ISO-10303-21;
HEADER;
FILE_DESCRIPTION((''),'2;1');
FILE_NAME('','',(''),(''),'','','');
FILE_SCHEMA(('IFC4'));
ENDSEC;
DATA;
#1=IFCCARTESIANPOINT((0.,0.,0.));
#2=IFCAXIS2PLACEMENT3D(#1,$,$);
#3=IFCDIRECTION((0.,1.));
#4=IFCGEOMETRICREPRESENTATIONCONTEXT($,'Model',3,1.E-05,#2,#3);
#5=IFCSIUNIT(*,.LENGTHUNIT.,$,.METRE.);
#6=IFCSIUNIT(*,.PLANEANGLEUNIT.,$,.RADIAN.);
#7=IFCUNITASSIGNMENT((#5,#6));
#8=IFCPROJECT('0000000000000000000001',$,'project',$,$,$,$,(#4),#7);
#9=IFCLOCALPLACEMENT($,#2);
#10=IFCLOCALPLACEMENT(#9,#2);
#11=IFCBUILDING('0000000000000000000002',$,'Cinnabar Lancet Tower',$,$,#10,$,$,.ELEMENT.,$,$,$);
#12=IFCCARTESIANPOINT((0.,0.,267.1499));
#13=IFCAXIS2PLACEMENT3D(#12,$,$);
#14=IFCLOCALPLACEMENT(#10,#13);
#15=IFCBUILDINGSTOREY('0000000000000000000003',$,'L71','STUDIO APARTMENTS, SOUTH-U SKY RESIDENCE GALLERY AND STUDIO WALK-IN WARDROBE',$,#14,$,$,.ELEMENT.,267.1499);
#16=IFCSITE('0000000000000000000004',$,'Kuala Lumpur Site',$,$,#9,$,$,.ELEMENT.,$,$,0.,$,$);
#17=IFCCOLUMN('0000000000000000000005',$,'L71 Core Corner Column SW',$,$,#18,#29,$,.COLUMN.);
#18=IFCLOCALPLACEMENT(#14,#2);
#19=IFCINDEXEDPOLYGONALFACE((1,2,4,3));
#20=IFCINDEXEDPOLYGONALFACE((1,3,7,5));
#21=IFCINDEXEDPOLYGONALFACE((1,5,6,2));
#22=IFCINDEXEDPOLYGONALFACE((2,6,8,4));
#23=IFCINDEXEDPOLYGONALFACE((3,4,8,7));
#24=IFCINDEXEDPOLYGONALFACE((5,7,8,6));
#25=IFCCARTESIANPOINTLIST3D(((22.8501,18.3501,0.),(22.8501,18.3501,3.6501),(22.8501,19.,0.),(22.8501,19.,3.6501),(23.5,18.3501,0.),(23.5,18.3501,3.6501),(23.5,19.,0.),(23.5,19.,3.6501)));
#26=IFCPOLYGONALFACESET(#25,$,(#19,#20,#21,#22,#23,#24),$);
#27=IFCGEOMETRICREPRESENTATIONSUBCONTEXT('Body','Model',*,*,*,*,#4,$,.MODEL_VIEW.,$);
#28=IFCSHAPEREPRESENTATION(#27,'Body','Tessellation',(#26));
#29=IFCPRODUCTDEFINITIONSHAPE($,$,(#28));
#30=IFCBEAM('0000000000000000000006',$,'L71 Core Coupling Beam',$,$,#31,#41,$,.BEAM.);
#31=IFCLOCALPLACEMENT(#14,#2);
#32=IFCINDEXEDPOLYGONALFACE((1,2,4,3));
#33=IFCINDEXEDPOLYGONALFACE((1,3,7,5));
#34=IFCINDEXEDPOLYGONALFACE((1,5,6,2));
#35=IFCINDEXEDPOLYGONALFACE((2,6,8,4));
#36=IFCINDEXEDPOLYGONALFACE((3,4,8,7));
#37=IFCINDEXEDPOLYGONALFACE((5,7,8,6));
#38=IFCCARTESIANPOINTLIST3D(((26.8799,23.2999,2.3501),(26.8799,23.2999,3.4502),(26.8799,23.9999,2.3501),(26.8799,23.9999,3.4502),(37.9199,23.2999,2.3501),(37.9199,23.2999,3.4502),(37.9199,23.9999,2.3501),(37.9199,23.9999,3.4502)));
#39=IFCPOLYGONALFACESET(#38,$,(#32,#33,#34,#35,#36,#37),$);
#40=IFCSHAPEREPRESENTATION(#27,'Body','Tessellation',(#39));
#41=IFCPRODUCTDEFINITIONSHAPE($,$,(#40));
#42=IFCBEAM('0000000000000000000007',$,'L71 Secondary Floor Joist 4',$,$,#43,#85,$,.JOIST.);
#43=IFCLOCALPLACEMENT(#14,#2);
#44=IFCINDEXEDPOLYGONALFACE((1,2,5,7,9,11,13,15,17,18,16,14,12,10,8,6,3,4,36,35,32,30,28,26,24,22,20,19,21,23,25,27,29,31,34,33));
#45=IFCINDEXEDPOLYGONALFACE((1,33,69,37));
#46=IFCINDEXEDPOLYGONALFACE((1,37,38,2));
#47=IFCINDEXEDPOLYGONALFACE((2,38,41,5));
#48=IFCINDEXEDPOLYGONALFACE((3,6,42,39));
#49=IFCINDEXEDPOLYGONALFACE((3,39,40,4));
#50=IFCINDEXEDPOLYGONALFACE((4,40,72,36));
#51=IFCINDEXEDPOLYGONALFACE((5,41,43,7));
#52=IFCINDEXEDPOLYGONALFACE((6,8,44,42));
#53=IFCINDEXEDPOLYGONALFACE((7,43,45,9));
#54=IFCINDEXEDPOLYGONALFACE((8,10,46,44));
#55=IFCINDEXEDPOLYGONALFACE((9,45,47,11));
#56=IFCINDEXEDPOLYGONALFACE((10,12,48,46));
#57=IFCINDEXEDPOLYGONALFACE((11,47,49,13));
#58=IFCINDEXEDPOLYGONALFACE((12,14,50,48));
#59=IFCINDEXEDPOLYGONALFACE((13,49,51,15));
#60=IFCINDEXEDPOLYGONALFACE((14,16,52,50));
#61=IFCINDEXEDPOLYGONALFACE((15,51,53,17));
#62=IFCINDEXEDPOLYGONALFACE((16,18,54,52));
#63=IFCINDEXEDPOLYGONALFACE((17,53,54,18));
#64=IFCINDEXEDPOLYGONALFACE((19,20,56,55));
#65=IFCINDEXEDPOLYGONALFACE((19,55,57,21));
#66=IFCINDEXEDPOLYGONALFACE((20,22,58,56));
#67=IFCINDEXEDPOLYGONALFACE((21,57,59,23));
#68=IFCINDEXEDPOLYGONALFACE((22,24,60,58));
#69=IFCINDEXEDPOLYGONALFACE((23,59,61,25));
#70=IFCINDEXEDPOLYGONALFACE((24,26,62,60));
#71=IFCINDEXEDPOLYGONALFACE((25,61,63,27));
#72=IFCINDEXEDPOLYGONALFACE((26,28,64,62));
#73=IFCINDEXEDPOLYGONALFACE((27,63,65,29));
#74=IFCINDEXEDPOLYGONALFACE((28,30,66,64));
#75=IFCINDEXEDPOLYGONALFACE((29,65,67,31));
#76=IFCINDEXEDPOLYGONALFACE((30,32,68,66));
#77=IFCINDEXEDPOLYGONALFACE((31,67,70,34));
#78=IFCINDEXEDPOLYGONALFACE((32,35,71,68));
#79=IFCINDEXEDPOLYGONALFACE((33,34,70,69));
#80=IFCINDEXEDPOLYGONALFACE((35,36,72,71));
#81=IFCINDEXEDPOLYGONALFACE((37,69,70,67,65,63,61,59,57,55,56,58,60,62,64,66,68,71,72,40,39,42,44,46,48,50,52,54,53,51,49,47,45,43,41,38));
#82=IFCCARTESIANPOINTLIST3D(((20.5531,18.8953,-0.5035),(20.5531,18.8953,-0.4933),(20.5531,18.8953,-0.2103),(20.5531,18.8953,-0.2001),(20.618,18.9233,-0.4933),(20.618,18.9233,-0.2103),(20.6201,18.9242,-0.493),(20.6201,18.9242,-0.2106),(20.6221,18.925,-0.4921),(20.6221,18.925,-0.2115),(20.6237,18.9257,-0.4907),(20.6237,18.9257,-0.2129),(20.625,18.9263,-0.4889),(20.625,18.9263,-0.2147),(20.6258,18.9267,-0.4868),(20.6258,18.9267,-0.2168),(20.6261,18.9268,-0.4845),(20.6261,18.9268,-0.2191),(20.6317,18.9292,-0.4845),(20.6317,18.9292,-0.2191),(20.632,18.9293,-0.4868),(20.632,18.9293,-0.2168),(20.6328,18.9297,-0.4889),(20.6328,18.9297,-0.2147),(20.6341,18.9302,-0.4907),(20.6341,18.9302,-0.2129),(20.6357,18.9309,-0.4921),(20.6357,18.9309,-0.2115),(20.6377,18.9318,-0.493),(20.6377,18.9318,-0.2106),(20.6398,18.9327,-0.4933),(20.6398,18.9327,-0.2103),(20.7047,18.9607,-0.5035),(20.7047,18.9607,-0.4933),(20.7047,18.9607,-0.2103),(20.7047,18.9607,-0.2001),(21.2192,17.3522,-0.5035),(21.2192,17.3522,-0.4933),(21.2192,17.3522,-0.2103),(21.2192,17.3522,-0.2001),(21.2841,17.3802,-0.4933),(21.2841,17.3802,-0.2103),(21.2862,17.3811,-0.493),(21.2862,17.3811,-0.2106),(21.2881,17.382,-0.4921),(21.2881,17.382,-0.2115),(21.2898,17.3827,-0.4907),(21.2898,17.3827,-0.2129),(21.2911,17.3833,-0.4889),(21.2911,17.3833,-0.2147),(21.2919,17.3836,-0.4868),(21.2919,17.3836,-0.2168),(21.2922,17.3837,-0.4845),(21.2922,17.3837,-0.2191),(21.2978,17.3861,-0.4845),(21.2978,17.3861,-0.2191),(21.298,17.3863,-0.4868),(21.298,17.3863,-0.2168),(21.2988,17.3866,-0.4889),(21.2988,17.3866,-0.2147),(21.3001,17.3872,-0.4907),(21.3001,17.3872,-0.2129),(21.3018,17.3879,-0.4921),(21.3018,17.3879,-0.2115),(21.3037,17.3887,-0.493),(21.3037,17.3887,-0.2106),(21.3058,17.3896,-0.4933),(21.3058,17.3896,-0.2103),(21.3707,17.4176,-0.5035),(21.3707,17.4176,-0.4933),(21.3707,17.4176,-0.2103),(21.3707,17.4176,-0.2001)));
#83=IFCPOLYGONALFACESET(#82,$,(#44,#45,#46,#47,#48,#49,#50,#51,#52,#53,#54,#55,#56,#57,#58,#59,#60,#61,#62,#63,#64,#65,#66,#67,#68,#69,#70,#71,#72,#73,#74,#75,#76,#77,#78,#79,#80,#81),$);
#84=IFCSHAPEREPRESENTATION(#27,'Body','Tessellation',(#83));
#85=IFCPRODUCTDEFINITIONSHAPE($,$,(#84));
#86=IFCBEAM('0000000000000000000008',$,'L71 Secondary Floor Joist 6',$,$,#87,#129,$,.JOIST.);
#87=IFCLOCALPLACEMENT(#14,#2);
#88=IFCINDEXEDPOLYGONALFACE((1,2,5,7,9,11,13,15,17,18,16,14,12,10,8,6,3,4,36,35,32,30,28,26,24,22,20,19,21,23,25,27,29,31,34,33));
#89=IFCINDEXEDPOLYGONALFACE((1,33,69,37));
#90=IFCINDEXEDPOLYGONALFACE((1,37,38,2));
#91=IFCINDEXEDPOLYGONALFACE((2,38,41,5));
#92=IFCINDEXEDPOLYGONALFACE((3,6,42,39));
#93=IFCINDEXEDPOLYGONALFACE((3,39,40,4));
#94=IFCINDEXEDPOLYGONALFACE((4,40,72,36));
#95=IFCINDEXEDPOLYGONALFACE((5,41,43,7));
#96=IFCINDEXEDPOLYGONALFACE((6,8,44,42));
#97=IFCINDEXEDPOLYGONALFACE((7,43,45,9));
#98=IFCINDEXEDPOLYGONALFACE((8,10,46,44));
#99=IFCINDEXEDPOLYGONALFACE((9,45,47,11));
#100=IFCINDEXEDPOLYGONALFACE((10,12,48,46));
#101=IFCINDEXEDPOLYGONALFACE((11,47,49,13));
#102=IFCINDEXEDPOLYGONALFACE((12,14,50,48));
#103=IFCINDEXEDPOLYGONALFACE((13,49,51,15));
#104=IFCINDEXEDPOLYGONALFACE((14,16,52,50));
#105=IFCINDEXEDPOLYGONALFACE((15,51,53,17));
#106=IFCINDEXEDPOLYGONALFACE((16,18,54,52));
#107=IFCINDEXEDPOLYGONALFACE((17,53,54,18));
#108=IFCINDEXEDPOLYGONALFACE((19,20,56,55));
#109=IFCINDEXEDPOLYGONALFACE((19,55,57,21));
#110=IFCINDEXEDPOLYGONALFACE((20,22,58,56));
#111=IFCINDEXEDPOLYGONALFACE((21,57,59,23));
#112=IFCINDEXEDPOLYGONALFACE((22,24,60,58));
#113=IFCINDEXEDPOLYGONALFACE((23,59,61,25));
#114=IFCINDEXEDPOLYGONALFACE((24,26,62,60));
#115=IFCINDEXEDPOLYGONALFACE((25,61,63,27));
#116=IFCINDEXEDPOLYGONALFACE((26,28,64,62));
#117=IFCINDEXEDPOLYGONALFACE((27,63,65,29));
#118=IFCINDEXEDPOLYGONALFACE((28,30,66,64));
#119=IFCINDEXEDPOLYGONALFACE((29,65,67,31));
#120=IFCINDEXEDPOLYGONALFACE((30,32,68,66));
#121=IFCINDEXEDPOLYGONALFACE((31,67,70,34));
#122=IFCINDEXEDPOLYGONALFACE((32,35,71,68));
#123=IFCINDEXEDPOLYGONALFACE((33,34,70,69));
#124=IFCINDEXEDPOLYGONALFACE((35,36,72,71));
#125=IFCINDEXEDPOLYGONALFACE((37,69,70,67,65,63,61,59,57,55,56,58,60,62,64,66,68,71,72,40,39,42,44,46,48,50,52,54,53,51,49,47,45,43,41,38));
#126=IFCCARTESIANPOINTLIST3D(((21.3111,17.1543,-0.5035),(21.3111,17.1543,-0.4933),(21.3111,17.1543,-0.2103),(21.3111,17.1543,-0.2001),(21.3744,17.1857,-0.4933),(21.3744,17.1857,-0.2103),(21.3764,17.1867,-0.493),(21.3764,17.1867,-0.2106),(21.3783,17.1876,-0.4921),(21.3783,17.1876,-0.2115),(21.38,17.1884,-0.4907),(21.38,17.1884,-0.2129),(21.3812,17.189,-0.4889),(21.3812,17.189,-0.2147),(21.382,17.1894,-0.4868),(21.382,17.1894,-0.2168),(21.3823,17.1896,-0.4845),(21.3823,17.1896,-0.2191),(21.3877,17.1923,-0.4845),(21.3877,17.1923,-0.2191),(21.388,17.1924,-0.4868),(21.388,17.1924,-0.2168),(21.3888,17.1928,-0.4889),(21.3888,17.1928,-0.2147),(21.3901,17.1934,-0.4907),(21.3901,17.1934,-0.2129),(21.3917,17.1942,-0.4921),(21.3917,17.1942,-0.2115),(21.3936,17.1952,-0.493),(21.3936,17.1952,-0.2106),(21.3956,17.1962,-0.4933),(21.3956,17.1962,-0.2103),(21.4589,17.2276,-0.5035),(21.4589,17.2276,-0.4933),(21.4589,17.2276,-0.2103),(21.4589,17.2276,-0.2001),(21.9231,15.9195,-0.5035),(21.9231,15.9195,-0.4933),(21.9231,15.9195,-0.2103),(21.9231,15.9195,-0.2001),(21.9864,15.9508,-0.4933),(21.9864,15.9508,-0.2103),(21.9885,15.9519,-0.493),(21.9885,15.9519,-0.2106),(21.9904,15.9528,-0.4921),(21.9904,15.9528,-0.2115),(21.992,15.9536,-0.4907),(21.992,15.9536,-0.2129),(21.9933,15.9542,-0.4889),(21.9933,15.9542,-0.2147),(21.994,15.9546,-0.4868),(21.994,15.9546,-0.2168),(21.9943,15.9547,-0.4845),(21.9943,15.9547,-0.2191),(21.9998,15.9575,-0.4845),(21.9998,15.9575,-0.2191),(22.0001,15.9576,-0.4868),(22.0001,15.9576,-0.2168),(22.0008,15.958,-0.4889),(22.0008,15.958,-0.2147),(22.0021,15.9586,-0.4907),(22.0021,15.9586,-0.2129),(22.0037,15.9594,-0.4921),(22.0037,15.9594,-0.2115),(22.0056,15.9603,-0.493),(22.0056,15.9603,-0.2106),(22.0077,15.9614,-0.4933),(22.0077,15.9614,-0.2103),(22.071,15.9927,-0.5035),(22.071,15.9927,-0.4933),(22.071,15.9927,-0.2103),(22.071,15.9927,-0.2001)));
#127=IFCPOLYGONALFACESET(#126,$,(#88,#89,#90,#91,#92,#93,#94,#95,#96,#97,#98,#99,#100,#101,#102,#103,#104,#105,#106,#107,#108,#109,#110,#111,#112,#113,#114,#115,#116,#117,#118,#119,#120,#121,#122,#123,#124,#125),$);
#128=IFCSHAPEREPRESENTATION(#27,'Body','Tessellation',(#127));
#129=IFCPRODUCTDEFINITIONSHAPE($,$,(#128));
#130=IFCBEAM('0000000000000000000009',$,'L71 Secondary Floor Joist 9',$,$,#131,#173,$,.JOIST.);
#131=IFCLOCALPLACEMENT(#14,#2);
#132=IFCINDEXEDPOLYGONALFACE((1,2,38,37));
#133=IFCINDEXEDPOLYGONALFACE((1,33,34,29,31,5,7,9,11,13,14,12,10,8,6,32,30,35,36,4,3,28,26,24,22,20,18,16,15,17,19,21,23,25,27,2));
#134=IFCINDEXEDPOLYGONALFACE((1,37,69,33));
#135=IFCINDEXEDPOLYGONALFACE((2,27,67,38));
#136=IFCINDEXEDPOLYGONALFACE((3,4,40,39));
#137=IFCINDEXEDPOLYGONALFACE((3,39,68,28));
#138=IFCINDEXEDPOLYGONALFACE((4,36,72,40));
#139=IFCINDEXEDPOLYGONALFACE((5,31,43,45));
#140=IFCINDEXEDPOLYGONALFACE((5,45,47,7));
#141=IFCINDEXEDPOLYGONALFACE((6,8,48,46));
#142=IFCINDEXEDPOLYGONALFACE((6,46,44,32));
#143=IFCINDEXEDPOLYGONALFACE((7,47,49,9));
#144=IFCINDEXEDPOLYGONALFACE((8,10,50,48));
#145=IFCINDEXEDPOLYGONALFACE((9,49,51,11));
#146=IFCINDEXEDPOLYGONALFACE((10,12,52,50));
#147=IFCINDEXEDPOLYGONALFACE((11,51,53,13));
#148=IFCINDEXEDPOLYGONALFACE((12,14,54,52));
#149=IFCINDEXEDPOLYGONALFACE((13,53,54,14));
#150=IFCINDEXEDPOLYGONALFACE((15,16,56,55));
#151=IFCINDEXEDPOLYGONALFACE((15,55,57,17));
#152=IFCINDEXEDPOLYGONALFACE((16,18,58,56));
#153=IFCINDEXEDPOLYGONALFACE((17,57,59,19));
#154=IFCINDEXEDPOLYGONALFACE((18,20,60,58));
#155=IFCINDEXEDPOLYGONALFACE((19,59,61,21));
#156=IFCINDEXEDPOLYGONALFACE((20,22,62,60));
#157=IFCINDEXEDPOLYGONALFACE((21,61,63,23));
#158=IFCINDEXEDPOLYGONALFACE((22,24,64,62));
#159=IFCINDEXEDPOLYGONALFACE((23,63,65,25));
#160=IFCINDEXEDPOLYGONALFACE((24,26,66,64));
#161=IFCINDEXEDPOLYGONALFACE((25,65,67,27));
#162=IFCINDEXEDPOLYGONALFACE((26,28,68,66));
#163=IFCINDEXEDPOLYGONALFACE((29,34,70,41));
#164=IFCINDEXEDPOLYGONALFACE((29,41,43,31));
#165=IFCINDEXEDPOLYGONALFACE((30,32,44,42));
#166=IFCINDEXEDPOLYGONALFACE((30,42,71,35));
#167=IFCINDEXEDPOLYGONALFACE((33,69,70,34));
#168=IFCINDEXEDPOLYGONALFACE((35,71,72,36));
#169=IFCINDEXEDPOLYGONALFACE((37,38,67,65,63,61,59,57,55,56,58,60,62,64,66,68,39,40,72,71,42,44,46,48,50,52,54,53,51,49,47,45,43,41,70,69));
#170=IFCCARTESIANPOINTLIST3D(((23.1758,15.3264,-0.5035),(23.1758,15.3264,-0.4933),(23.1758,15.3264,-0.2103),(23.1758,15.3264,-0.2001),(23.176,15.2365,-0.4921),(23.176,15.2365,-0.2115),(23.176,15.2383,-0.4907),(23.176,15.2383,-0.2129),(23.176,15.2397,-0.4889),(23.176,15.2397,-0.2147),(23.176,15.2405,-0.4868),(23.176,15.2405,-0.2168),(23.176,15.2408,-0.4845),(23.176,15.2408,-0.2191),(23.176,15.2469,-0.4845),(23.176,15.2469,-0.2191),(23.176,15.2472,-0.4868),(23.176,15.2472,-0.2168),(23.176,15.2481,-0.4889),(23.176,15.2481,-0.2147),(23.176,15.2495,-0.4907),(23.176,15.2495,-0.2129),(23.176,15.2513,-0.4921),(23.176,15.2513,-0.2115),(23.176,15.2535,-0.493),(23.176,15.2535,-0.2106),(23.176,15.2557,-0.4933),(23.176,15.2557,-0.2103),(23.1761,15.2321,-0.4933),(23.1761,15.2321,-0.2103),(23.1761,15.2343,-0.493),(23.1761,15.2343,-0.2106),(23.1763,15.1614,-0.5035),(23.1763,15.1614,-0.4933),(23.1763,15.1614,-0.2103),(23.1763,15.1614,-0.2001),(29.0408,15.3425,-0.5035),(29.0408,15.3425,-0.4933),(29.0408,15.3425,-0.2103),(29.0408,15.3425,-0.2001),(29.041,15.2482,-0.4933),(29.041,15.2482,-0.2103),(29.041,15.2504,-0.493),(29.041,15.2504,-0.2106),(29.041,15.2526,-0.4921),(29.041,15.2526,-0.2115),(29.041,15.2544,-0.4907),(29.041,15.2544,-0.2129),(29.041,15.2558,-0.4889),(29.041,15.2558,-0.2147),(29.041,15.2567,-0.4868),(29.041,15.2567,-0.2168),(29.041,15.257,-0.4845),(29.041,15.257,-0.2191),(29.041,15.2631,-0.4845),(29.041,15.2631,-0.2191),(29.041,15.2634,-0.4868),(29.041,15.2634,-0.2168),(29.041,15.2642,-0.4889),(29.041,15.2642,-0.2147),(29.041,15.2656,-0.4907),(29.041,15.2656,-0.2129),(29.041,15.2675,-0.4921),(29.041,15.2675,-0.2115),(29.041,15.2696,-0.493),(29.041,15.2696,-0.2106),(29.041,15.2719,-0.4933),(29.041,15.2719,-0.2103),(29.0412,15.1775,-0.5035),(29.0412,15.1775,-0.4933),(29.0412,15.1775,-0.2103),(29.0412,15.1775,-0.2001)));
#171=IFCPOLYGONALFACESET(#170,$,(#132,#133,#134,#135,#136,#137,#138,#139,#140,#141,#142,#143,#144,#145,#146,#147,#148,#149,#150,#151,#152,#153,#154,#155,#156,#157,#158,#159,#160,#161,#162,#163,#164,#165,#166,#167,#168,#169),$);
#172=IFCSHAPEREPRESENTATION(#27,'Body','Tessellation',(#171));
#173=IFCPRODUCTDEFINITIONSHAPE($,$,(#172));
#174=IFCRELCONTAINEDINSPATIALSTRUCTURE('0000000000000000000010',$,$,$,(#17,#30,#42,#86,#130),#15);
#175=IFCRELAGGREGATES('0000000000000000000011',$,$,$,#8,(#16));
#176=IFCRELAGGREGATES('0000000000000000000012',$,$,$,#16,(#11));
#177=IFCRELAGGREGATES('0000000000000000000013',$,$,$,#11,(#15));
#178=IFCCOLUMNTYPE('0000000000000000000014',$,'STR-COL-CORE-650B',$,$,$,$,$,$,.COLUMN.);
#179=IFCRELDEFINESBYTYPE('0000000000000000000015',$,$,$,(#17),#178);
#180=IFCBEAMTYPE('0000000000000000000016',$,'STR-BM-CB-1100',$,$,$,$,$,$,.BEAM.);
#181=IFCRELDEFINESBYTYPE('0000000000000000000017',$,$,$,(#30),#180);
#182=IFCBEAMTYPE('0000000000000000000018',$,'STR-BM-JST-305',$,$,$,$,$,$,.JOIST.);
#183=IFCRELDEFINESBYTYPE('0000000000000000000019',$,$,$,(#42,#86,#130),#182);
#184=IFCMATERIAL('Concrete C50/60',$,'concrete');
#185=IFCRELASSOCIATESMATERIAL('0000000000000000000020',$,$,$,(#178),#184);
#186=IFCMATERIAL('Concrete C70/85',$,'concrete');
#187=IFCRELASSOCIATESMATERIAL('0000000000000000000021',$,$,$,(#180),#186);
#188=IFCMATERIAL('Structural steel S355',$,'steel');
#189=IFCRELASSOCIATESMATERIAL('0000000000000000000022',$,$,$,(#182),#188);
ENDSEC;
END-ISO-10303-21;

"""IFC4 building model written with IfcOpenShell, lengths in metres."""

from ifc_helpers import new_model, si_unit, direction, frame, origin, origin_2d, place, context, subcontext, project, spatial, rectangle, i_section, extrude, material, material_profile, profile_set, type_object, element, save


model = new_model("IFC4")

# Units and contexts
model_context = context("Model", 3, precision=1e-05, world=origin(), true_north=direction((0.0, 1.0)))
body_context = subcontext(model_context, "Body", "Model", "MODEL_VIEW")
ifc_project = project(units=[si_unit("LENGTHUNIT", "METRE"), si_unit("PLANEANGLEUNIT", "RADIAN")], contexts=[model_context])

# Site, building, storey
site_placement = place(None, origin())
site = spatial("IfcSite", under=ifc_project, at=site_placement, Name="Kuala Lumpur Site", CompositionType="ELEMENT", RefElevation=0.0)
building_placement = place(site_placement, origin())
building = spatial("IfcBuilding", under=site, at=building_placement, Name="Cinnabar Lancet Tower", CompositionType="ELEMENT")
storey_placement = place(building_placement, frame((0.0, 0.0, 267.1499)))
storey = spatial("IfcBuildingStorey", under=building, at=storey_placement, Name="L71", Description="STUDIO APARTMENTS, SOUTH-U SKY RESIDENCE GALLERY AND STUDIO WALK-IN WARDROBE", CompositionType="ELEMENT", Elevation=267.1499)

# Column
ifc_material_1 = material(Name="Concrete C50/60", Category="concrete")
ifc_material_profile_1 = material_profile(ifc_material_1, rectangle(XDim=0.6499, YDim=0.6499, at=origin_2d()), Name="RC-COL 650x650")
ifc_profile_set_1 = profile_set([ifc_material_profile_1], Name="Concrete C50/60")
column_type = type_object("IfcColumnType", Name="STR-COL-CORE-650B", PredefinedType="COLUMN", material=ifc_profile_set_1)
column_placement = place(storey_placement, frame((23.175, 18.675, 0.0), z_axis=(0.0, 0.0, 1.0), x_axis=(1.0, 0.0, 0.0)))
element("IfcColumn", 1, at=column_placement, inside=storey, type_object=column_type, Name="L71 Core Corner Column SW", PredefinedType="COLUMN", context=body_context, shape_type="SweptSolid", body=[
    extrude(rectangle(XDim=0.6499, YDim=0.6499, at=origin_2d()), origin(), (0.0, 0.0, 1.0), 3.6501),
])

# Beams
ifc_material_2 = material(Name="Concrete C70/85", Category="concrete")
ifc_material_profile_2 = material_profile(ifc_material_2, rectangle(XDim=0.7, YDim=1.1001, at=origin_2d()), Name="RC-CB 700x1100")
ifc_profile_set_2 = profile_set([ifc_material_profile_2], Name="Concrete C70/85")
beam_type_1 = type_object("IfcBeamType", Name="STR-BM-CB-1100", PredefinedType="BEAM", material=ifc_profile_set_2)
beam_1_placement = place(storey_placement, frame((26.8799, 23.6499, 2.9001), z_axis=(1.0, 0.0, 0.0), x_axis=(0.0, 1.0, 0.0)))
element("IfcBeam", 2, at=beam_1_placement, inside=storey, type_object=beam_type_1, Name="L71 Core Coupling Beam", PredefinedType="BEAM", context=body_context, shape_type="SweptSolid", body=[
    extrude(rectangle(XDim=0.7, YDim=1.1001, at=origin_2d()), origin(), (0.0, 0.0, 1.0), 11.04),
])
ifc_material_3 = material(Name="Structural steel S355", Category="steel")
ifc_material_profile_3 = material_profile(ifc_material_3, i_section(OverallWidth=0.165, OverallDepth=0.3035, WebThickness=0.0061, FlangeThickness=0.0103, FilletRadius=0.0088, at=origin_2d()), Name="UKB 305x165x40")
ifc_profile_set_3 = profile_set([ifc_material_profile_3], Name="Structural steel S355")
beam_type_2 = type_object("IfcBeamType", Name="STR-BM-JST-305", PredefinedType="JOIST", material=ifc_profile_set_3)
beam_2_placement = place(storey_placement, frame((20.6289, 18.928, -0.3518), z_axis=(0.396302, -0.91812, 0.0), x_axis=(0.91812, 0.396302, 0.0)))
element("IfcBeam", 3, at=beam_2_placement, inside=storey, type_object=beam_type_2, Name="L71 Secondary Floor Joist 4", PredefinedType="JOIST", context=body_context, shape_type="SweptSolid", body=[
    extrude(i_section(OverallWidth=0.165, OverallDepth=0.3035, WebThickness=0.0061, FlangeThickness=0.0103, FilletRadius=0.0088, at=origin_2d()), origin(), (0.0, 0.0, 1.0), 1.6807),
])
beam_3_placement = place(storey_placement, frame((21.385, 17.1909, -0.3518), z_axis=(0.444093, -0.895981, 0.0), x_axis=(0.895981, 0.444093, 0.0)))
element("IfcBeam", 4, at=beam_3_placement, inside=storey, type_object=beam_type_2, Name="L71 Secondary Floor Joist 6", PredefinedType="JOIST", context=body_context, shape_type="SweptSolid", body=[
    extrude(i_section(OverallWidth=0.165, OverallDepth=0.3035, WebThickness=0.0061, FlangeThickness=0.0103, FilletRadius=0.0088, at=origin_2d()), origin(), (0.0, 0.0, 1.0), 1.3782),
])
beam_4_placement = place(storey_placement, frame((23.176, 15.2439, -0.3518), z_axis=(0.999996, 0.002747, 0.0), x_axis=(-0.002747, 0.999996, 0.0)))
element("IfcBeam", 5, at=beam_4_placement, inside=storey, type_object=beam_type_2, Name="L71 Secondary Floor Joist 9", PredefinedType="JOIST", context=body_context, shape_type="SweptSolid", body=[
    extrude(i_section(OverallWidth=0.165, OverallDepth=0.3035, WebThickness=0.0061, FlangeThickness=0.0103, FilletRadius=0.0088, at=origin_2d()), origin(), (0.0, 0.0, 1.0), 5.865),
])

save(model, "model.ifc")
